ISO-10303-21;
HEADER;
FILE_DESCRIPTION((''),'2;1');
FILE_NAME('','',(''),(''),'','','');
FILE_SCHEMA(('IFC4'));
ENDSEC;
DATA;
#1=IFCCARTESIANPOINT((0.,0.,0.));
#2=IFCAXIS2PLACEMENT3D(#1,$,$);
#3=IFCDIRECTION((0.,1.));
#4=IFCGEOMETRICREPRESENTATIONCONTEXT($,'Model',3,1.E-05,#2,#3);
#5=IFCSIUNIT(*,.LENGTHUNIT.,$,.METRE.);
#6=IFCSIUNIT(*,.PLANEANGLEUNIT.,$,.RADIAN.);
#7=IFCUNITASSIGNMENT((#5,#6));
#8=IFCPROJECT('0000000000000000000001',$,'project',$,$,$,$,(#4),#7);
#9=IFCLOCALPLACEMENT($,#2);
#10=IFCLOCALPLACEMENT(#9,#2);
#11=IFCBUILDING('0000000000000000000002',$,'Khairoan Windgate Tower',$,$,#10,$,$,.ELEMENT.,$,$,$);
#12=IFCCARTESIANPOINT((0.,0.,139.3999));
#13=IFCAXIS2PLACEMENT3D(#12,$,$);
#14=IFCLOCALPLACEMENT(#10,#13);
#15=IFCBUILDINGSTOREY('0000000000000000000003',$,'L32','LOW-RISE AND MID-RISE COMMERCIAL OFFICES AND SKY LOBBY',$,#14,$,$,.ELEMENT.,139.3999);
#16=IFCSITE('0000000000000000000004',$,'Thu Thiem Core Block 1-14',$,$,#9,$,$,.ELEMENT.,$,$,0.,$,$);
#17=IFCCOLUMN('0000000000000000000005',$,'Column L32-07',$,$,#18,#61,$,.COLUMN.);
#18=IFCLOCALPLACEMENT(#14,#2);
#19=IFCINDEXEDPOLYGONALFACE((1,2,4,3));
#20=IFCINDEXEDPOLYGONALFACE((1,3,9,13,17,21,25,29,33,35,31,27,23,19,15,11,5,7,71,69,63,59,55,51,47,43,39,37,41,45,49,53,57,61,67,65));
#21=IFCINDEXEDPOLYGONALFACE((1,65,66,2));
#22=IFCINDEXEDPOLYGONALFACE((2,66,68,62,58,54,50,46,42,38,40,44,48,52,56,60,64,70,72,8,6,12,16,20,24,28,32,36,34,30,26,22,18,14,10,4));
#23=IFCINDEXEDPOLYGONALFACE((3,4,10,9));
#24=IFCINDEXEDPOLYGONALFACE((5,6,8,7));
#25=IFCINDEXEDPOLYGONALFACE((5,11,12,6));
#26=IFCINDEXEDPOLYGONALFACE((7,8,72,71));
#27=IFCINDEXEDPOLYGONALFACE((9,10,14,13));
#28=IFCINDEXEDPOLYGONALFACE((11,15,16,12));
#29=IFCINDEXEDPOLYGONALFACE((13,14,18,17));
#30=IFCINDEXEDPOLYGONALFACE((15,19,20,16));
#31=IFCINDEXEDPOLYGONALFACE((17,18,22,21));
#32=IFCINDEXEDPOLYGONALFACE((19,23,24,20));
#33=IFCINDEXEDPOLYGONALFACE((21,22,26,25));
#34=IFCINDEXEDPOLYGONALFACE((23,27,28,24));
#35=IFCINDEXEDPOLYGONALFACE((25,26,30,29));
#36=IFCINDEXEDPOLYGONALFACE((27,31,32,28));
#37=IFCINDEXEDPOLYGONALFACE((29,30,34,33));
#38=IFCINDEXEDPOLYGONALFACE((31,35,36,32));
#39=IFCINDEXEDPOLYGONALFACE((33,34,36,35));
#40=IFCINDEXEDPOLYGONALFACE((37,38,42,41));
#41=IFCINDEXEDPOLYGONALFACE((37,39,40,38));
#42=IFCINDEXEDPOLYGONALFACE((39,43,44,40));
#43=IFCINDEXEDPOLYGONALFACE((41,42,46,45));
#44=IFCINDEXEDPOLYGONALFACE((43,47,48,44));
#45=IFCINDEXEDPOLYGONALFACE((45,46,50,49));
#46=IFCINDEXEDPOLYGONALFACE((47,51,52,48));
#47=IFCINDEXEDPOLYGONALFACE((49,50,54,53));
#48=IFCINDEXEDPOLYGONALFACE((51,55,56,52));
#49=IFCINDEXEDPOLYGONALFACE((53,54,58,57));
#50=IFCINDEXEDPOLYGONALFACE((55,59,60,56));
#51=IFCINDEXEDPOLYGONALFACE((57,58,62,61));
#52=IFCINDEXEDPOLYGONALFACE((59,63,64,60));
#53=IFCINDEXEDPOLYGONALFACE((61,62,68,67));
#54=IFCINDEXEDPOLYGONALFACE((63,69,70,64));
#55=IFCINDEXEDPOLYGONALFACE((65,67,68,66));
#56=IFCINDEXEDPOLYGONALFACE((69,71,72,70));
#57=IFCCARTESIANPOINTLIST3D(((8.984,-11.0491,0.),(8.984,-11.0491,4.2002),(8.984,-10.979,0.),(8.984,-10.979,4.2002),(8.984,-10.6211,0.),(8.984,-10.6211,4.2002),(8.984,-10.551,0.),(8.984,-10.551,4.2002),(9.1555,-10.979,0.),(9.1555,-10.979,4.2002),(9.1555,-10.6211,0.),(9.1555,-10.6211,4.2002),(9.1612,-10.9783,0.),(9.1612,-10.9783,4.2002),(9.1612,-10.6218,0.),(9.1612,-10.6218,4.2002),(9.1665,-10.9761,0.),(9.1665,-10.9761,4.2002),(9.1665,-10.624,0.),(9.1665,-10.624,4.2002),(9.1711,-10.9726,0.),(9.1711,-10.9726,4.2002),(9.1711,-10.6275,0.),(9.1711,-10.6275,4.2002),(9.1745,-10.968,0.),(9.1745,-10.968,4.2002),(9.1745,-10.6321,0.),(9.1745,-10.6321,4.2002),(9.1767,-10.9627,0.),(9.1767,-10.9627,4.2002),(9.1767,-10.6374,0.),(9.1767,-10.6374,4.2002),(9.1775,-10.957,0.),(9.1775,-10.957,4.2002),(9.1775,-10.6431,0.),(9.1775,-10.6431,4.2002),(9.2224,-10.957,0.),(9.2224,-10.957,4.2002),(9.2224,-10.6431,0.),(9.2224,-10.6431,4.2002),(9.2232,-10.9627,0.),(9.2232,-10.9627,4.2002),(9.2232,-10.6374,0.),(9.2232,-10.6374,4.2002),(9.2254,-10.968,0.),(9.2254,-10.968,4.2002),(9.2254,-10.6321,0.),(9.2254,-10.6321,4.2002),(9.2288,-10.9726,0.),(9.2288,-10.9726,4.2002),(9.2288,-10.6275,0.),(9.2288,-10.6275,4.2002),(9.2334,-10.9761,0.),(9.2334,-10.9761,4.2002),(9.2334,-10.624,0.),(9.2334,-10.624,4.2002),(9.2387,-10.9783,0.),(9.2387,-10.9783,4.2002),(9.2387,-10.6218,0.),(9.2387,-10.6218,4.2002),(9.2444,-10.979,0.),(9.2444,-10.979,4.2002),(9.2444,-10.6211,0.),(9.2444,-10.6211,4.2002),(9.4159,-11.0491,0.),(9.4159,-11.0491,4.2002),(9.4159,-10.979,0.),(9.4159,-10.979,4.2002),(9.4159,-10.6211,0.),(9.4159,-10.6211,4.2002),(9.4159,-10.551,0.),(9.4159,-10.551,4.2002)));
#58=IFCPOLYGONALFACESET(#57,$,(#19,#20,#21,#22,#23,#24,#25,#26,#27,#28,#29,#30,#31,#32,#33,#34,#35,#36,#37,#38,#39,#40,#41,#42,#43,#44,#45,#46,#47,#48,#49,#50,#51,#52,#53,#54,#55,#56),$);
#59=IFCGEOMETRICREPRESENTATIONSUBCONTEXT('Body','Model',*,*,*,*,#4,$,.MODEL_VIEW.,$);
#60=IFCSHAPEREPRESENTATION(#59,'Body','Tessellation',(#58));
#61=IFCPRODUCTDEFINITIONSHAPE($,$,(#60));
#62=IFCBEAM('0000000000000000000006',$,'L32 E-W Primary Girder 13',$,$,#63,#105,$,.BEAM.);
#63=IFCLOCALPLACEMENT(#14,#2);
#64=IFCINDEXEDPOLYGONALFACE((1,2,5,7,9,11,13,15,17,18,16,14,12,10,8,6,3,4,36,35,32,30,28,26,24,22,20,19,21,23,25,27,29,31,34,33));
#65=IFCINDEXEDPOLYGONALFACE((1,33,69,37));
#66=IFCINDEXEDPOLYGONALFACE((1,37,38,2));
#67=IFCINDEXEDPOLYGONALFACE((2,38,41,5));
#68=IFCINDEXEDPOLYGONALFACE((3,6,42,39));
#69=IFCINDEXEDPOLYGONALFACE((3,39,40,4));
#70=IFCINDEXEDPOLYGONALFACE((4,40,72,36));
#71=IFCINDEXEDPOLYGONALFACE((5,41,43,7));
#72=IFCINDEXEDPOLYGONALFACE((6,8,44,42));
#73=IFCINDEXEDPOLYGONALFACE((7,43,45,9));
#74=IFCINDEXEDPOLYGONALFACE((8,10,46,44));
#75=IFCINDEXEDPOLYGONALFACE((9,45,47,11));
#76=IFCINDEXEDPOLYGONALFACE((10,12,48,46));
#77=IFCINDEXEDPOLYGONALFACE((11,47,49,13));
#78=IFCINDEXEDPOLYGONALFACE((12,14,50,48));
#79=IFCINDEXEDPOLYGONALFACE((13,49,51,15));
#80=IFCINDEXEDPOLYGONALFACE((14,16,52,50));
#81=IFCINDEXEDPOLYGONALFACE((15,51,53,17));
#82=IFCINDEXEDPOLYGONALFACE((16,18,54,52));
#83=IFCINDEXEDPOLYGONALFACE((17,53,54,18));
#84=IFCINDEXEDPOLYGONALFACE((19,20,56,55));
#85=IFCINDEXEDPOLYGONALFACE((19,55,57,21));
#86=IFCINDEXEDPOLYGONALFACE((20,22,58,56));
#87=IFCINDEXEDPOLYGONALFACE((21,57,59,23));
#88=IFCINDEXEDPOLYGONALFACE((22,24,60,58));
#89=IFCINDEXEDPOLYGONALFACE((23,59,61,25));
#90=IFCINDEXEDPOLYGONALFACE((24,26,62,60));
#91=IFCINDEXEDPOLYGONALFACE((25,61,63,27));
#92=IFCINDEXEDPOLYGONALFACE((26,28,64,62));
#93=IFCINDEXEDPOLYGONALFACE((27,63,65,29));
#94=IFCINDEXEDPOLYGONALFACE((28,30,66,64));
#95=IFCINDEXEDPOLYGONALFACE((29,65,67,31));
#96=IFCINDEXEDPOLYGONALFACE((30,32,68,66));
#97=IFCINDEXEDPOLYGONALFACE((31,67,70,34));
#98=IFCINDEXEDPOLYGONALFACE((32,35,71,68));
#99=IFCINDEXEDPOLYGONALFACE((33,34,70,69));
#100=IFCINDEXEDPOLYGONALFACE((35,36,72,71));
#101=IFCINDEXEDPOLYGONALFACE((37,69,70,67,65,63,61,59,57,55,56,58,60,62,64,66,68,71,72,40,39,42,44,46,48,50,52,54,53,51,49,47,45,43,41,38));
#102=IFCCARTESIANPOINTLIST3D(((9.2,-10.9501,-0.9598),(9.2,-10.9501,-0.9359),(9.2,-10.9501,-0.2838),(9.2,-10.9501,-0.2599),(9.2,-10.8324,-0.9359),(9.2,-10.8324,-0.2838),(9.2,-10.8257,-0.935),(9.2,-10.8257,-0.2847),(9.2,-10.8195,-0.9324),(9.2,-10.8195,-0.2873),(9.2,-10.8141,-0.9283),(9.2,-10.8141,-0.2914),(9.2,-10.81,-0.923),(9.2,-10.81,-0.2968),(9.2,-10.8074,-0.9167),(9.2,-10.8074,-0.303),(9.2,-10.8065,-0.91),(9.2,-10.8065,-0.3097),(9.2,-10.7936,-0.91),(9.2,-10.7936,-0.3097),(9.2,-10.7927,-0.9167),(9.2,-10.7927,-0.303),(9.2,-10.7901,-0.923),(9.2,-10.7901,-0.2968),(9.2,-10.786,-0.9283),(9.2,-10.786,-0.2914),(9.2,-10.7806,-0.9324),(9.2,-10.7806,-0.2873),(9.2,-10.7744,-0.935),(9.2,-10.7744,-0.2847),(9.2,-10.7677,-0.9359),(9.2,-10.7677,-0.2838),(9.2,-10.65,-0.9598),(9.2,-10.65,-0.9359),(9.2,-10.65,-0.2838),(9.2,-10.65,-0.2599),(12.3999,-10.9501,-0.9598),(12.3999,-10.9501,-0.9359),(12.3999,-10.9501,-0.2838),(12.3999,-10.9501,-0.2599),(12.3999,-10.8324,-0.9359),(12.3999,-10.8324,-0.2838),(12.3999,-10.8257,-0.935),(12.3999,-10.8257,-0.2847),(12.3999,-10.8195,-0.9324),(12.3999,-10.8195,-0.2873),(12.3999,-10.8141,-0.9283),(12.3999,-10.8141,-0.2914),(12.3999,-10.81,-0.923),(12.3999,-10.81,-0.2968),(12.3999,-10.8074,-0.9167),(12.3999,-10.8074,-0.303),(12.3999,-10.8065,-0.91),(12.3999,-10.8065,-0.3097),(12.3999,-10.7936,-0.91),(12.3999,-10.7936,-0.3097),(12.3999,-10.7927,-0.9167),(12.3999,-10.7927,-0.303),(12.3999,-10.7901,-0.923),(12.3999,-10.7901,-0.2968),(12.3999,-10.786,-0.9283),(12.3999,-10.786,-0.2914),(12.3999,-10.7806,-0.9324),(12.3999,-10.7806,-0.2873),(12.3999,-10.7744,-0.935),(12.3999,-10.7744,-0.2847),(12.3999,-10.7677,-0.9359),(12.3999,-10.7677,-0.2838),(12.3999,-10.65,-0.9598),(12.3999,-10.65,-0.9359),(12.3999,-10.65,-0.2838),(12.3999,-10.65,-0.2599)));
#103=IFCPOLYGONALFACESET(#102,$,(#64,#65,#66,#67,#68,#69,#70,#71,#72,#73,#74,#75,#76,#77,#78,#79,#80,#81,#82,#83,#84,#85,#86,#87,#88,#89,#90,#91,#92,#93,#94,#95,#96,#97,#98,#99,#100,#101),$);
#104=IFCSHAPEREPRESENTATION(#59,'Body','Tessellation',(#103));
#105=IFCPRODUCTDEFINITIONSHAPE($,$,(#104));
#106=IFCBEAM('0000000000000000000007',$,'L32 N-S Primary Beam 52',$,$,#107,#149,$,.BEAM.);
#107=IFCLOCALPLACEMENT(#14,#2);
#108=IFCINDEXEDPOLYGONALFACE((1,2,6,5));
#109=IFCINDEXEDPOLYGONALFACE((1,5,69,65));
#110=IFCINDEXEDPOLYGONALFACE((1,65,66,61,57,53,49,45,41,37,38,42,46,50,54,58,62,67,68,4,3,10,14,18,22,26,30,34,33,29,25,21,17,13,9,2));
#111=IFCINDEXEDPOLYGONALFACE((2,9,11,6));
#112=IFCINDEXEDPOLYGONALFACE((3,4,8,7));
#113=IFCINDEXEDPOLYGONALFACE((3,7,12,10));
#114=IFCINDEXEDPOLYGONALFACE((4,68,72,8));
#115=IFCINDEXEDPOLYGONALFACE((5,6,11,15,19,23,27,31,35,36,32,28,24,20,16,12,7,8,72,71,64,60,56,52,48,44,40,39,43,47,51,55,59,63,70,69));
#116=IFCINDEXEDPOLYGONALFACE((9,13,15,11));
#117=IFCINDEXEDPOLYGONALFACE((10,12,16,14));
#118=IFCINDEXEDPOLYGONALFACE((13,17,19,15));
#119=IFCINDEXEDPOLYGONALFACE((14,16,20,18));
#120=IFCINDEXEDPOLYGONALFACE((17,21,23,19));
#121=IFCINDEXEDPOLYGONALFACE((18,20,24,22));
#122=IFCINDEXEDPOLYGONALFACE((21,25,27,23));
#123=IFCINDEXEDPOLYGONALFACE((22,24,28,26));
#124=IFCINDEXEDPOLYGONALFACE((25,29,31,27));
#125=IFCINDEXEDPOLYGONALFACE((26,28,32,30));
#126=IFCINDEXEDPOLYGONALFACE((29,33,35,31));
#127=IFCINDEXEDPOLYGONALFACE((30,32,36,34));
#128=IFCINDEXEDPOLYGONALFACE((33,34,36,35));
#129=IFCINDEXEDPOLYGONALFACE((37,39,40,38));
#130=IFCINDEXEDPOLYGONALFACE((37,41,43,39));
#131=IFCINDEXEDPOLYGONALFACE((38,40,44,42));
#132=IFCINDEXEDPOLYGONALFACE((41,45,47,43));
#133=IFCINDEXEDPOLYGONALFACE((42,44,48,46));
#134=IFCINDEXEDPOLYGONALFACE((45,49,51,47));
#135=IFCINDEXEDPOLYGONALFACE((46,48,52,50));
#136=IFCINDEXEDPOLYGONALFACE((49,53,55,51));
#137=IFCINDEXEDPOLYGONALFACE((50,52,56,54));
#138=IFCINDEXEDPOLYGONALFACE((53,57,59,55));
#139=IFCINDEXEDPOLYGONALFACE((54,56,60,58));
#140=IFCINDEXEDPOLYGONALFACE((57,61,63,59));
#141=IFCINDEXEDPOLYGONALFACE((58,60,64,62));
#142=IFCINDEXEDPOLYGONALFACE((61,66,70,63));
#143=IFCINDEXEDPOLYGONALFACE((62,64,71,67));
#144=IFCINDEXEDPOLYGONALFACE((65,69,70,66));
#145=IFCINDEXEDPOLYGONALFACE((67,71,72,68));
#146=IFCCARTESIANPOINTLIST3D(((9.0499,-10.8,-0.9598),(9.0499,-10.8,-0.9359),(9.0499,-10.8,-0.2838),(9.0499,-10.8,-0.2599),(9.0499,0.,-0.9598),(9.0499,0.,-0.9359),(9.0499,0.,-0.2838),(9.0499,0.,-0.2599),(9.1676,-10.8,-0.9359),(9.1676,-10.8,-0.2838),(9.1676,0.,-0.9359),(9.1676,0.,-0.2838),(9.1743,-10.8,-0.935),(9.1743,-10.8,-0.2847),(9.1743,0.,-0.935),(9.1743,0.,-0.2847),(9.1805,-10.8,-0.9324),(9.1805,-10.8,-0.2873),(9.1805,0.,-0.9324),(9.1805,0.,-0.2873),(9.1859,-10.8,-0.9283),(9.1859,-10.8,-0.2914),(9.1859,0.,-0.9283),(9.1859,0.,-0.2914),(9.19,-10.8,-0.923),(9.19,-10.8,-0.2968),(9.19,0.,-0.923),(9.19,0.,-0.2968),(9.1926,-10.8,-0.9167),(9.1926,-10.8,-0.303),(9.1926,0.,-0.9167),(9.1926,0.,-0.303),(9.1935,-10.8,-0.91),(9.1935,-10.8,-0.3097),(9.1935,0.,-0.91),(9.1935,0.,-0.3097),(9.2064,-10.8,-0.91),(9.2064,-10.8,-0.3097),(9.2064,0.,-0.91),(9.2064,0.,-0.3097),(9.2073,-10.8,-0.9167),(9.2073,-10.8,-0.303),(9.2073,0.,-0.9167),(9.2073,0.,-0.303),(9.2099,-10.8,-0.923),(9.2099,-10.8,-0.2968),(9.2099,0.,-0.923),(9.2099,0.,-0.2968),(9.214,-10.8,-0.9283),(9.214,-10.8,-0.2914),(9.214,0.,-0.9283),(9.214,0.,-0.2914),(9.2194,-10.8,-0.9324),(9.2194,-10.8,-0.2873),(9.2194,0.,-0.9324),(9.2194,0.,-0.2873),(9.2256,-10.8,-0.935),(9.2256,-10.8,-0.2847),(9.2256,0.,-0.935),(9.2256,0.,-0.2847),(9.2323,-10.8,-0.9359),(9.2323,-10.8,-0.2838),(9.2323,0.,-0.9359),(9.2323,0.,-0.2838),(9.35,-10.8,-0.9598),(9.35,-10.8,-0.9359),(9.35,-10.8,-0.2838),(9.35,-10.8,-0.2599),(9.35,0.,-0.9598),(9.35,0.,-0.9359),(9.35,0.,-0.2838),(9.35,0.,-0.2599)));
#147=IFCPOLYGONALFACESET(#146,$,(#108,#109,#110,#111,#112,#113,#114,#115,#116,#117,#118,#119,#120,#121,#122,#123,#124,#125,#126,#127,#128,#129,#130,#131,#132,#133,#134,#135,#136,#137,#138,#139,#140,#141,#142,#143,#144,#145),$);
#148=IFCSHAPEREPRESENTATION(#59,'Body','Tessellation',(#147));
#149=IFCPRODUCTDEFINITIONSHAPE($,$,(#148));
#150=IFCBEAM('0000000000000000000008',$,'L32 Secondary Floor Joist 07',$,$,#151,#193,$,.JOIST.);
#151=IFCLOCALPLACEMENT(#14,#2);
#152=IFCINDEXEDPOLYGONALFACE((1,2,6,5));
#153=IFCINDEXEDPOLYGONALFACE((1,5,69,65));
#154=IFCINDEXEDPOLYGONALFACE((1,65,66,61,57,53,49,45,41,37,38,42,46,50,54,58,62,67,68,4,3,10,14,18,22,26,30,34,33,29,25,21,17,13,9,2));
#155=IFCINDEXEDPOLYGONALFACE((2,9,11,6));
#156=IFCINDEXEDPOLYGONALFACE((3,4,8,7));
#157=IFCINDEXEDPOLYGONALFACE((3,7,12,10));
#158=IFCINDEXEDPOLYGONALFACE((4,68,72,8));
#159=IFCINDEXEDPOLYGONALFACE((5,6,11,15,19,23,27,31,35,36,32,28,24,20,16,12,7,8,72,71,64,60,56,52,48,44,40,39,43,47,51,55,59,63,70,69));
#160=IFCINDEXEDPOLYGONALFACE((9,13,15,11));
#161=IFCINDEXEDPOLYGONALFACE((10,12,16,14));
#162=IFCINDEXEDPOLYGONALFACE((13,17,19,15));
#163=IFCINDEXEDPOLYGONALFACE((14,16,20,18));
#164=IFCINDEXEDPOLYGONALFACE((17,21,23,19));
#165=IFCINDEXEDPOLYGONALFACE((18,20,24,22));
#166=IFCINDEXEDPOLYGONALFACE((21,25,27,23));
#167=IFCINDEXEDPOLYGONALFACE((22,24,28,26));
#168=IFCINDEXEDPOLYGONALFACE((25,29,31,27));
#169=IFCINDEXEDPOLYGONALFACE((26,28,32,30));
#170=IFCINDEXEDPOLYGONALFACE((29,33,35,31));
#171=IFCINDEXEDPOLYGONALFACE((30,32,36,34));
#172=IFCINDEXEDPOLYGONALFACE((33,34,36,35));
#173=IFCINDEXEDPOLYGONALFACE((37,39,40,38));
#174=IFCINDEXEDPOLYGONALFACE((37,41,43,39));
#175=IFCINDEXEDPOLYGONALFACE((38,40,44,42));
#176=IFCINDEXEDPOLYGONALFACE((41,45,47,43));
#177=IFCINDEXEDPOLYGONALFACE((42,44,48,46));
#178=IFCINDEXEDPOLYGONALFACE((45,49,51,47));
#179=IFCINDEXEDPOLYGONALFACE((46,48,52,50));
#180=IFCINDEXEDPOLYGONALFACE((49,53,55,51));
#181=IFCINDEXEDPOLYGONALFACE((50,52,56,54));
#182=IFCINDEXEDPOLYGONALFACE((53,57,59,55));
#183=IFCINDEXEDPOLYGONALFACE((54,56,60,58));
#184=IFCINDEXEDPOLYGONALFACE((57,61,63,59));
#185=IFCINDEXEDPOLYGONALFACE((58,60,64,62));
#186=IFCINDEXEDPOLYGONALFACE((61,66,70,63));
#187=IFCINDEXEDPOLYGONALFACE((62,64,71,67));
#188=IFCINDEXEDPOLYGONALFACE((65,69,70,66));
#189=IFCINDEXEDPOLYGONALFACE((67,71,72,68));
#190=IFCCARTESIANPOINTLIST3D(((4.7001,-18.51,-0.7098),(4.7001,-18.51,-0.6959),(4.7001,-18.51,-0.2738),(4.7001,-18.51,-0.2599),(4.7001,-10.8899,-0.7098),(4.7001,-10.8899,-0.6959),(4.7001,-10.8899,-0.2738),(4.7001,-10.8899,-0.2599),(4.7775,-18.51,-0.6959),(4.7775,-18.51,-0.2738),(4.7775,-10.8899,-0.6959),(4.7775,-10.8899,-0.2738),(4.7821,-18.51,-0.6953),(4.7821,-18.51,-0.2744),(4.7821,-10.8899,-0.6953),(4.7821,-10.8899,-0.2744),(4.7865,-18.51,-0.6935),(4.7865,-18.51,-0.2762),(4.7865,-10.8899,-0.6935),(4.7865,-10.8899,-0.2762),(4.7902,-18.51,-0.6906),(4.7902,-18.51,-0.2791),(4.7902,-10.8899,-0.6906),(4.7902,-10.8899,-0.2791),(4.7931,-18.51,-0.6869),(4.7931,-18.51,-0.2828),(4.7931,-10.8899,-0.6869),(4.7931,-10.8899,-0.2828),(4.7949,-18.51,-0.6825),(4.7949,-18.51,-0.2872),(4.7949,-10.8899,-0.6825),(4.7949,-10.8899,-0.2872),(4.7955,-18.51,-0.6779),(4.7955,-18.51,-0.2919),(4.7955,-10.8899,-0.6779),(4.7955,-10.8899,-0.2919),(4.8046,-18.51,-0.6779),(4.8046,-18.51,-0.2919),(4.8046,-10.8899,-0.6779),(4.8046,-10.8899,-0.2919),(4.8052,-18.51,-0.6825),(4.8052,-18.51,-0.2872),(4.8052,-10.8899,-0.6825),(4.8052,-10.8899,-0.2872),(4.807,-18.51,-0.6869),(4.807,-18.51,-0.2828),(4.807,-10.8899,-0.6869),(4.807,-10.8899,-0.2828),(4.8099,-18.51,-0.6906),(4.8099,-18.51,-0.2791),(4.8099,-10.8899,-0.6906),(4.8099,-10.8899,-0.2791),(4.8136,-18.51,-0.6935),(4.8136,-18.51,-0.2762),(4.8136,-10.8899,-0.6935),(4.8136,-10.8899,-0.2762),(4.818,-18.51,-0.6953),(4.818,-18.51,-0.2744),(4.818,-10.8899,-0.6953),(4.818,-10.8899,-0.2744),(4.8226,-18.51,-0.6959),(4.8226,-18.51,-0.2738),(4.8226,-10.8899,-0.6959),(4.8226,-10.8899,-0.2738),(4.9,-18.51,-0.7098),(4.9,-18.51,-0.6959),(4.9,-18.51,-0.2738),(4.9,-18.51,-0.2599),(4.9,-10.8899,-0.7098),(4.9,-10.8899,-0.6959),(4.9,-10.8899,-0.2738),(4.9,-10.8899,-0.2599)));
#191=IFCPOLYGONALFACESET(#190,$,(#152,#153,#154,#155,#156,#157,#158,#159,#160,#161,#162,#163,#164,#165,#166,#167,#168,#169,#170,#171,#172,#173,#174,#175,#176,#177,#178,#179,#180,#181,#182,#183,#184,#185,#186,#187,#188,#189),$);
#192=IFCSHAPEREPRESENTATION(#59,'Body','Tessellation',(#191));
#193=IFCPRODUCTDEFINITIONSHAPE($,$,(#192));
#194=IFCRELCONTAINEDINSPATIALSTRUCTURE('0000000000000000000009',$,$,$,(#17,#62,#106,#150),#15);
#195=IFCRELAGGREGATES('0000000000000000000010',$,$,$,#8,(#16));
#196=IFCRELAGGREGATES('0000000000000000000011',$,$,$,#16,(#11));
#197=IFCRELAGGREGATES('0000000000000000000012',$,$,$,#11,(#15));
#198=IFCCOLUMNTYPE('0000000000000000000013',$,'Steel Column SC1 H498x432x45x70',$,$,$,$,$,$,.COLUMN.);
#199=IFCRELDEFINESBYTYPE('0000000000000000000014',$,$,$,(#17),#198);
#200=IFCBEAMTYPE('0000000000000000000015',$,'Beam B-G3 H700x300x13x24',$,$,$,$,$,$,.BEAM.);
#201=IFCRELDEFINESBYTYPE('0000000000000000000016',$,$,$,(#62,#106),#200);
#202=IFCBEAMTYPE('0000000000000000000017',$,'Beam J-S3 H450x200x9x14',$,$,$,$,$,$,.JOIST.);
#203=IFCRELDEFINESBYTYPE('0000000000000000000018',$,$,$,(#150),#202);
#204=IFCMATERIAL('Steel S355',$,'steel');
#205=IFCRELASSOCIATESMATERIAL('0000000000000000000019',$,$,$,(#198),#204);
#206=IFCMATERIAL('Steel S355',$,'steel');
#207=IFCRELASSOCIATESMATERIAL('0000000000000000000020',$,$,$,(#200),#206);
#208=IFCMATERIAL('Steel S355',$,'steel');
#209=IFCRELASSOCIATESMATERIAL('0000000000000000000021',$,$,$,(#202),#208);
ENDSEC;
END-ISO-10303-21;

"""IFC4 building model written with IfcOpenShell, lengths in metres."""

from ifc_helpers import new_model, si_unit, direction, frame, origin, origin_2d, place, context, subcontext, project, spatial, i_section, extrude, material, material_profile, profile_set, type_object, element, save


model = new_model("IFC4")

# Units and contexts
model_context = context("Model", 3, precision=1e-05, world=origin(), true_north=direction((0.0, 1.0)))
body_context = subcontext(model_context, "Body", "Model", "MODEL_VIEW")
ifc_project = project(units=[si_unit("LENGTHUNIT", "METRE"), si_unit("PLANEANGLEUNIT", "RADIAN")], contexts=[model_context])

# Site, building, storey
site_placement = place(None, origin())
site = spatial("IfcSite", under=ifc_project, at=site_placement, Name="Thu Thiem Core Block 1-14", CompositionType="ELEMENT", RefElevation=0.0)
building_placement = place(site_placement, origin())
building = spatial("IfcBuilding", under=site, at=building_placement, Name="Khairoan Windgate Tower", CompositionType="ELEMENT")
storey_placement = place(building_placement, frame((0.0, 0.0, 139.3999)))
storey = spatial("IfcBuildingStorey", under=building, at=storey_placement, Name="L32", Description="LOW-RISE AND MID-RISE COMMERCIAL OFFICES AND SKY LOBBY", CompositionType="ELEMENT", Elevation=139.3999)

# Column
ifc_material_1 = material(Name="Steel S355", Category="steel")
ifc_material_profile_1 = material_profile(ifc_material_1, i_section(OverallWidth=0.4319, OverallDepth=0.498, WebThickness=0.0449, FlangeThickness=0.0701, FilletRadius=0.022, at=origin_2d()))
ifc_profile_set_1 = profile_set([ifc_material_profile_1], Name="Steel S355")
column_type = type_object("IfcColumnType", Name="Steel Column SC1 H498x432x45x70", PredefinedType="COLUMN", material=ifc_profile_set_1)
column_placement = place(storey_placement, frame((9.2, -10.8, 0.0), z_axis=(0.0, 0.0, 1.0), x_axis=(1.0, 0.0, 0.0)))
element("IfcColumn", 1, at=column_placement, inside=storey, type_object=column_type, Name="Column L32-07", PredefinedType="COLUMN", context=body_context, shape_type="SweptSolid", body=[
    extrude(i_section(OverallWidth=0.4319, OverallDepth=0.498, WebThickness=0.0449, FlangeThickness=0.0701, FilletRadius=0.022, at=origin_2d()), origin(), (0.0, 0.0, 1.0), 4.2002),
])

# Beams
ifc_material_2 = material(Name="Steel S355", Category="steel")
ifc_material_profile_2 = material_profile(ifc_material_2, i_section(OverallWidth=0.3, OverallDepth=0.7, WebThickness=0.0129, FlangeThickness=0.0239, FilletRadius=0.0259, at=origin_2d()))
ifc_profile_set_2 = profile_set([ifc_material_profile_2], Name="Steel S355")
beam_type_1 = type_object("IfcBeamType", Name="Beam B-G3 H700x300x13x24", PredefinedType="BEAM", material=ifc_profile_set_2)
beam_1_placement = place(storey_placement, frame((9.2, -10.8, -0.6099), z_axis=(1.0, 0.0, 0.0), x_axis=(0.0, 1.0, 0.0)))
element("IfcBeam", 2, at=beam_1_placement, inside=storey, type_object=beam_type_1, Name="L32 E-W Primary Girder 13", PredefinedType="BEAM", context=body_context, shape_type="SweptSolid", body=[
    extrude(i_section(OverallWidth=0.3, OverallDepth=0.7, WebThickness=0.0129, FlangeThickness=0.0239, FilletRadius=0.0259, at=origin_2d()), origin(), (0.0, 0.0, 1.0), 3.2),
])
beam_2_placement = place(storey_placement, frame((9.2, -10.8, -0.6099), z_axis=(0.0, 1.0, 0.0), x_axis=(-1.0, 0.0, 0.0)))
element("IfcBeam", 3, at=beam_2_placement, inside=storey, type_object=beam_type_1, Name="L32 N-S Primary Beam 52", PredefinedType="BEAM", context=body_context, shape_type="SweptSolid", body=[
    extrude(i_section(OverallWidth=0.3, OverallDepth=0.7, WebThickness=0.0129, FlangeThickness=0.0239, FilletRadius=0.0259, at=origin_2d()), origin(), (0.0, 0.0, 1.0), 10.8),
])
ifc_material_3 = material(Name="Steel S355", Category="steel")
ifc_material_profile_3 = material_profile(ifc_material_3, i_section(OverallWidth=0.2, OverallDepth=0.45, WebThickness=0.009, FlangeThickness=0.0139, FilletRadius=0.0181, at=origin_2d()))
ifc_profile_set_3 = profile_set([ifc_material_profile_3], Name="Steel S355")
beam_type_2 = type_object("IfcBeamType", Name="Beam J-S3 H450x200x9x14", PredefinedType="JOIST", material=ifc_profile_set_3)
beam_3_placement = place(storey_placement, frame((4.8, -18.51, -0.4849), z_axis=(0.0, 1.0, 0.0), x_axis=(-1.0, 0.0, 0.0)))
element("IfcBeam", 4, at=beam_3_placement, inside=storey, type_object=beam_type_2, Name="L32 Secondary Floor Joist 07", PredefinedType="JOIST", context=body_context, shape_type="SweptSolid", body=[
    extrude(i_section(OverallWidth=0.2, OverallDepth=0.45, WebThickness=0.009, FlangeThickness=0.0139, FilletRadius=0.0181, at=origin_2d()), origin(), (0.0, 0.0, 1.0), 7.6201),
])

save(model, "model.ifc")
